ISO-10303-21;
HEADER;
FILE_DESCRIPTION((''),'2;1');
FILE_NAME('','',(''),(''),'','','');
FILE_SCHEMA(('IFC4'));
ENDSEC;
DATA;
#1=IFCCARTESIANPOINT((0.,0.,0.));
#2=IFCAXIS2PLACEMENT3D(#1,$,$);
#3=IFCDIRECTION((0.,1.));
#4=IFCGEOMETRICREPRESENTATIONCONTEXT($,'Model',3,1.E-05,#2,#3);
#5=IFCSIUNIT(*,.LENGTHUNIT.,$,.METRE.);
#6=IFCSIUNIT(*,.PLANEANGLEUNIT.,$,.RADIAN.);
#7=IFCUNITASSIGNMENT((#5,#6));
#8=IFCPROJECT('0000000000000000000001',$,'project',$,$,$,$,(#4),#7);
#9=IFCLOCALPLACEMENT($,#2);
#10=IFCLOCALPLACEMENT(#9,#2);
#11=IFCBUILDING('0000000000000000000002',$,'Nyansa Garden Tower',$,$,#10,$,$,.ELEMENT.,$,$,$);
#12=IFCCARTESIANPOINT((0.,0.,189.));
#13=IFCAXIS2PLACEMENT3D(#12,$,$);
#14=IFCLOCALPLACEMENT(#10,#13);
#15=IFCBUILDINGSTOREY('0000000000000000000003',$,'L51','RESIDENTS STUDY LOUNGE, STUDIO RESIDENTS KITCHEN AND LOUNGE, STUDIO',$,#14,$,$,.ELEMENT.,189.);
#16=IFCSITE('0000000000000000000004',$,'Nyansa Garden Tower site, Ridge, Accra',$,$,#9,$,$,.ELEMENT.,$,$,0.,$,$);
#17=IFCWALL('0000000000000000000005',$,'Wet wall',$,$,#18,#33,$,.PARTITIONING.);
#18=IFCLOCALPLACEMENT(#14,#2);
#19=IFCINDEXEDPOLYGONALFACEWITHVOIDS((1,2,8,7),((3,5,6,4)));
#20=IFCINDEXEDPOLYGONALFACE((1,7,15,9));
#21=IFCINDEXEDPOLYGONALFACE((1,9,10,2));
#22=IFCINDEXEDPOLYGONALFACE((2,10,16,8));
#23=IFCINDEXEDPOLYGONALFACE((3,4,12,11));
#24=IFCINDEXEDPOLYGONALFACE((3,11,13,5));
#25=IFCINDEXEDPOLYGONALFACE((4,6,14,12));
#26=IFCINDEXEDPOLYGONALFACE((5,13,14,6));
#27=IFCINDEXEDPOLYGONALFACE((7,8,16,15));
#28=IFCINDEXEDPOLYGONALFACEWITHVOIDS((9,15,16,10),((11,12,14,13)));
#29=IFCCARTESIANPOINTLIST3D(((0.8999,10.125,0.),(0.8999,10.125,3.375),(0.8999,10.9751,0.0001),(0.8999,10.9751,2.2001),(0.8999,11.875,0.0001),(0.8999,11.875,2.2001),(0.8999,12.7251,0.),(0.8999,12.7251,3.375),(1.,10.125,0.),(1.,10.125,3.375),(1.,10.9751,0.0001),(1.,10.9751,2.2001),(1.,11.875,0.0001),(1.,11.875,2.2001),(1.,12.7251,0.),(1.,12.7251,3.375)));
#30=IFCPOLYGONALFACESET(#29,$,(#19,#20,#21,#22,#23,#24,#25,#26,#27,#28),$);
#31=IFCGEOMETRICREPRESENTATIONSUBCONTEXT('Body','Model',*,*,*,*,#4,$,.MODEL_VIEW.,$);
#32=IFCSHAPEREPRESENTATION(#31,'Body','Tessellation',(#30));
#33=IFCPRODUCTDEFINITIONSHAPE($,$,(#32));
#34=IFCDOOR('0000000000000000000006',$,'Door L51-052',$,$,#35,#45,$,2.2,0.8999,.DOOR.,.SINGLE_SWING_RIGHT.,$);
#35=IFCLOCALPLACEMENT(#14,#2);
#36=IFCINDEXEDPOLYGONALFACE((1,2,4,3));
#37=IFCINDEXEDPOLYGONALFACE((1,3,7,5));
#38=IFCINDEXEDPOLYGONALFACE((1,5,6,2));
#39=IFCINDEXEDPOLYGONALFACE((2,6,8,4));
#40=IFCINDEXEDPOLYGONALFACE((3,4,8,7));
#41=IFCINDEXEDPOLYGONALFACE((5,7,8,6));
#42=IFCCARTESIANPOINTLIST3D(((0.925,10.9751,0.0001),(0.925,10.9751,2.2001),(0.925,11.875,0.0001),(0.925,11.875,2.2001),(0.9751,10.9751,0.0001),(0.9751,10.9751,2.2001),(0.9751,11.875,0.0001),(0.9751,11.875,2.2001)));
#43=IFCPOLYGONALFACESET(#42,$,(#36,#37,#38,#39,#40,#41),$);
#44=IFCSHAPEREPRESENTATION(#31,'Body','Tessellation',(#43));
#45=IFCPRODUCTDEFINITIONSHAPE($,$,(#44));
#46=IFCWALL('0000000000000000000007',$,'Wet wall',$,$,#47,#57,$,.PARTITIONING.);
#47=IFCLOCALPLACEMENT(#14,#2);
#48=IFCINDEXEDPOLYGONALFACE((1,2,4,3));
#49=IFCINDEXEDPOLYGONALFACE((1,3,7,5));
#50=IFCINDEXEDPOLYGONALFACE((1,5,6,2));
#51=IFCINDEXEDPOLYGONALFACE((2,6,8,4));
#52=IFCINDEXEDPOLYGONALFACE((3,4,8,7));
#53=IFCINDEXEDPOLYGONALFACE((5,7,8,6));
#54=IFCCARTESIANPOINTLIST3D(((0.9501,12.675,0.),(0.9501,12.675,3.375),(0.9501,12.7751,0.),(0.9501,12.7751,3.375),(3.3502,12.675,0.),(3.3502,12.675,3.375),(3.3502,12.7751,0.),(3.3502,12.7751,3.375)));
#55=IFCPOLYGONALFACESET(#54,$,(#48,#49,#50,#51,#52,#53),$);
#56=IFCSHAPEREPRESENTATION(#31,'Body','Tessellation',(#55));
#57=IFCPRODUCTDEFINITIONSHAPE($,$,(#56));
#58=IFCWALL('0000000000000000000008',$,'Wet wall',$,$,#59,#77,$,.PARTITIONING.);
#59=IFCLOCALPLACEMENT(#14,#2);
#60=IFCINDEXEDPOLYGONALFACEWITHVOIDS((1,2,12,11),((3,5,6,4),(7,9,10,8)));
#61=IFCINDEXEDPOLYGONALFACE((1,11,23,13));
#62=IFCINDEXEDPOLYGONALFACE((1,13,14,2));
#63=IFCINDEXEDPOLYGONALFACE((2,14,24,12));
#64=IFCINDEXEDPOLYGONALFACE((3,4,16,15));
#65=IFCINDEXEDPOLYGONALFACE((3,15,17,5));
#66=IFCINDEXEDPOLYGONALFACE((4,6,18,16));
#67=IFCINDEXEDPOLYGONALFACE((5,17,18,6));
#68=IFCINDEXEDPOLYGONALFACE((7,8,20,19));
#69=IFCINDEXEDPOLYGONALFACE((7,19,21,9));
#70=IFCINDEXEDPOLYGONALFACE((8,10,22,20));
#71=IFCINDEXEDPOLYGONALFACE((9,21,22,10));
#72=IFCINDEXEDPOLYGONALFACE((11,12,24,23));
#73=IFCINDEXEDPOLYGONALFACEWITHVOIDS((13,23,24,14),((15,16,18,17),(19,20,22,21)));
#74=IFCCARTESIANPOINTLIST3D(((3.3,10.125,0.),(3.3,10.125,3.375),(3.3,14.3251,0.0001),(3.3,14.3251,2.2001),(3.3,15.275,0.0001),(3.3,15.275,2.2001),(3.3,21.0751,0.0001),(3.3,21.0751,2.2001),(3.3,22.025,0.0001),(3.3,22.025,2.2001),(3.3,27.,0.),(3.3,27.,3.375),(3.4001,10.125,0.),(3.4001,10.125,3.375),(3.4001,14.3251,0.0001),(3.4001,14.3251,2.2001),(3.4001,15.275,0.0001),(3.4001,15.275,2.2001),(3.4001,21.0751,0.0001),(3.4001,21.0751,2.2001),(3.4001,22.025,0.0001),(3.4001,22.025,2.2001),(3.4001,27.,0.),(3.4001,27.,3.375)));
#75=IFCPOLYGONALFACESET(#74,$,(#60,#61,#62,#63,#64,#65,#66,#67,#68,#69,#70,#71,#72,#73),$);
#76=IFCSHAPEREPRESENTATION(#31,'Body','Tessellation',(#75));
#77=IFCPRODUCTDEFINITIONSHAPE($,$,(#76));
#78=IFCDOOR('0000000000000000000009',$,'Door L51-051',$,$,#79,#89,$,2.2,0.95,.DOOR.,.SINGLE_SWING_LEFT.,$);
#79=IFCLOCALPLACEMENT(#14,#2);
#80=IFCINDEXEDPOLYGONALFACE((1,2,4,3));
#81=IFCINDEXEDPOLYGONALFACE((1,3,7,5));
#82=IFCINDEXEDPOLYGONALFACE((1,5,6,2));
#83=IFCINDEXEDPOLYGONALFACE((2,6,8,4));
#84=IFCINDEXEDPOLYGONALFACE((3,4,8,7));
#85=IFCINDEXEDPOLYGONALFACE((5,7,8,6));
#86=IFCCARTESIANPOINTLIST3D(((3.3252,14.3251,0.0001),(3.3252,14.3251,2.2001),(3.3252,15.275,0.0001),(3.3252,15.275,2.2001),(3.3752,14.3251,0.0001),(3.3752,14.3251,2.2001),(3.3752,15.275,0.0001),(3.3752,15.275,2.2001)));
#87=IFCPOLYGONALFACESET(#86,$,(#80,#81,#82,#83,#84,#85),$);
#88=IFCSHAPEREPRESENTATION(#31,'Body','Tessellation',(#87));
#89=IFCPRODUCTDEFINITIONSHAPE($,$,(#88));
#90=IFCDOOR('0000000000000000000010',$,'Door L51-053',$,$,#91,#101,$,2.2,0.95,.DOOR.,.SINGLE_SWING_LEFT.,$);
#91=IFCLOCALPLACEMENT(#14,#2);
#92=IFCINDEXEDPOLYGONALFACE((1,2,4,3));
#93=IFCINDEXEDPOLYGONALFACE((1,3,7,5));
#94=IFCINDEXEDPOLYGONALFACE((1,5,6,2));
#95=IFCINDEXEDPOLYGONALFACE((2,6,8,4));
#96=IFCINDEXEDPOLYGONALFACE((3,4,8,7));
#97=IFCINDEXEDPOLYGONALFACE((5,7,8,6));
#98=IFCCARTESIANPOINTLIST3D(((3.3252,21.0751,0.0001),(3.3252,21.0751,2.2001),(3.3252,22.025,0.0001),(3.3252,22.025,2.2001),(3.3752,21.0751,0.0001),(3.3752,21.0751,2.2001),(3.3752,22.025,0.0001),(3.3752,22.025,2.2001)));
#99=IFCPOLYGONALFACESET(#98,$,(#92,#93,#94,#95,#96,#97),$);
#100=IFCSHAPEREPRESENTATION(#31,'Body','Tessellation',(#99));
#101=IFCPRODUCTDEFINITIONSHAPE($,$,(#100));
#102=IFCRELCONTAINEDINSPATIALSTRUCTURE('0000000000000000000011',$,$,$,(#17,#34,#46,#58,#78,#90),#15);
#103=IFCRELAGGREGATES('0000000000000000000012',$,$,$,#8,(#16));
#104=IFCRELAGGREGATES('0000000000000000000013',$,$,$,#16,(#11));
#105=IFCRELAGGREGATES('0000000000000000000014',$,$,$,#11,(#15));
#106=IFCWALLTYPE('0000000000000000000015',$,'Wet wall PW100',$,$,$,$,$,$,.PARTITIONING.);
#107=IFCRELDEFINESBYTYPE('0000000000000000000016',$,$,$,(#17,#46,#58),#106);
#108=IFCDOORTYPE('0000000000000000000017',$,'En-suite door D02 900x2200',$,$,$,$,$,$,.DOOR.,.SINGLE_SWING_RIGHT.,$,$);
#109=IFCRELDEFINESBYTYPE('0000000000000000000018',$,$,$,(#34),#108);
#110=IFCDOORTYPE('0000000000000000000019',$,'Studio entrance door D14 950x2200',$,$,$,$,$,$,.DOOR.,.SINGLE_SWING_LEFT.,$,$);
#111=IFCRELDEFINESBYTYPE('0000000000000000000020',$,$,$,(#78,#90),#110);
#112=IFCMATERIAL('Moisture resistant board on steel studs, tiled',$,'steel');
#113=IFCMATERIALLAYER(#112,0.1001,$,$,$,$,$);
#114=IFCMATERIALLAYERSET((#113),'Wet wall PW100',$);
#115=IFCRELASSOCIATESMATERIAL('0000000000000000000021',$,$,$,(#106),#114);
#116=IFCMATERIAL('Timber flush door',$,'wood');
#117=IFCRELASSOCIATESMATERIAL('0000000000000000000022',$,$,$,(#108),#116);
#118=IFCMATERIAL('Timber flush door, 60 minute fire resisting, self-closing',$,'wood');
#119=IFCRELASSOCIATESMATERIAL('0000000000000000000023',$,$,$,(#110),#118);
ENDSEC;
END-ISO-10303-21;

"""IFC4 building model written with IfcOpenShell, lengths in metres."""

from ifc_helpers import new_model, si_unit, direction, frame, frame_2d, origin, place, context, subcontext, project, spatial, rectangle, extrude, material, layer, layer_set, type_object, element, fill, save


model = new_model("IFC4")

# Units and contexts
model_context = context("Model", 3, precision=1e-05, world=origin(), true_north=direction((0.0, 1.0)))
body_context = subcontext(model_context, "Body", "Model", "MODEL_VIEW")
ifc_project = project(units=[si_unit("LENGTHUNIT", "METRE"), si_unit("PLANEANGLEUNIT", "RADIAN")], contexts=[model_context])

# Site, building, storey
site_placement = place(None, origin())
site = spatial("IfcSite", under=ifc_project, at=site_placement, Name="Nyansa Garden Tower site, Ridge, Accra", CompositionType="ELEMENT", RefElevation=0.0)
building_placement = place(site_placement, origin())
building = spatial("IfcBuilding", under=site, at=building_placement, Name="Nyansa Garden Tower", CompositionType="ELEMENT")
storey_placement = place(building_placement, frame((0.0, 0.0, 189.0)))
storey = spatial("IfcBuildingStorey", under=building, at=storey_placement, Name="L51", Description="RESIDENTS STUDY LOUNGE, STUDIO RESIDENTS KITCHEN AND LOUNGE, STUDIO", CompositionType="ELEMENT", Elevation=189.0)

# Wall, opening, door
ifc_material_1 = material(Name="Moisture resistant board on steel studs, tiled", Category="steel")
ifc_layer_1 = layer(ifc_material_1, 0.1001)
ifc_layer_set_1 = layer_set([ifc_layer_1], Name="Wet wall PW100")
wall_type_1 = type_object("IfcWallType", Name="Wet wall PW100", PredefinedType="PARTITIONING", material=ifc_layer_set_1)
wall_1_placement = place(storey_placement, frame((0.95, 10.125, 0.0), z_axis=(0.0, 0.0, 1.0), x_axis=(0.0, 1.0, 0.0)))
wall_1 = element("IfcWall", 1, at=wall_1_placement, inside=storey, type_object=wall_type_1, Name="Wet wall", PredefinedType="PARTITIONING", context=body_context, shape_type="SweptSolid", body=[
    extrude(rectangle(XDim=2.6001, YDim=0.1001, at=frame_2d((1.3, 0.0))), origin(), (0.0, 0.0, 1.0), 3.375),
])
opening_1_placement = place(wall_1_placement, frame((0.8501, 0.0, 0.0)))
opening_1 = element("IfcOpeningElement", 2, at=opening_1_placement, cuts=wall_1, PredefinedType="OPENING", context=body_context, shape_type="SweptSolid", body=[
    extrude(rectangle(XDim=0.8999, YDim=2.2, at=frame_2d((0.45, 1.1001))), frame((0.0, 0.0601, 0.0), z_axis=(0.0, -1.0, 0.0), x_axis=(1.0, 0.0, 0.0)), (0.0, 0.0, 1.0), 0.1201),
])
ifc_material_2 = material(Name="Timber flush door", Category="wood")
door_type_1 = type_object("IfcDoorType", Name="En-suite door D02 900x2200", OperationType="SINGLE_SWING_RIGHT", PredefinedType="DOOR", material=ifc_material_2)
door_1_placement = place(opening_1_placement, origin())
door_1 = element("IfcDoor", 3, at=door_1_placement, inside=storey, type_object=door_type_1, Name="Door L51-052", OperationType="SINGLE_SWING_RIGHT", OverallHeight=2.2, OverallWidth=0.8999, PredefinedType="DOOR", context=body_context, shape_type="SweptSolid", body=[
    extrude(rectangle(XDim=0.8999, YDim=2.2, at=frame_2d((0.45, 1.1001))), frame((0.0, 0.0249, 0.0), z_axis=(0.0, -1.0, 0.0), x_axis=(1.0, 0.0, 0.0)), (0.0, 0.0, 1.0), 0.05),
])
fill(opening_1, door_1)

# Wall
wall_2_placement = place(storey_placement, frame((0.95, 12.7251, 0.0), z_axis=(0.0, 0.0, 1.0), x_axis=(1.0, 0.0, 0.0)))
element("IfcWall", 4, at=wall_2_placement, inside=storey, type_object=wall_type_1, Name="Wet wall", PredefinedType="PARTITIONING", context=body_context, shape_type="SweptSolid", body=[
    extrude(rectangle(XDim=2.4001, YDim=0.1001, at=frame_2d((1.2002, 0.0))), origin(), (0.0, 0.0, 1.0), 3.375),
])

# Wall, openings, doors
wall_3_placement = place(storey_placement, frame((3.3501, 10.125, 0.0), z_axis=(0.0, 0.0, 1.0), x_axis=(0.0, 1.0, 0.0)))
wall_3 = element("IfcWall", 5, at=wall_3_placement, inside=storey, type_object=wall_type_1, Name="Wet wall", PredefinedType="PARTITIONING", context=body_context, shape_type="SweptSolid", body=[
    extrude(rectangle(XDim=16.875, YDim=0.1001, at=frame_2d((8.4375, 0.0))), origin(), (0.0, 0.0, 1.0), 3.375),
])
opening_2_placement = place(wall_3_placement, frame((4.2, 0.0, 0.0)))
opening_2 = element("IfcOpeningElement", 6, at=opening_2_placement, cuts=wall_3, PredefinedType="OPENING", context=body_context, shape_type="SweptSolid", body=[
    extrude(rectangle(XDim=0.95, YDim=2.2, at=frame_2d((0.4751, 1.1001))), frame((0.0, 0.0601, 0.0), z_axis=(0.0, -1.0, 0.0), x_axis=(1.0, 0.0, 0.0)), (0.0, 0.0, 1.0), 0.1201),
])
opening_3_placement = place(wall_3_placement, frame((10.95, 0.0, 0.0)))
opening_3 = element("IfcOpeningElement", 7, at=opening_3_placement, cuts=wall_3, PredefinedType="OPENING", context=body_context, shape_type="SweptSolid", body=[
    extrude(rectangle(XDim=0.95, YDim=2.2, at=frame_2d((0.4751, 1.1001))), frame((0.0, 0.0601, 0.0), z_axis=(0.0, -1.0, 0.0), x_axis=(1.0, 0.0, 0.0)), (0.0, 0.0, 1.0), 0.1201),
])
ifc_material_3 = material(Name="Timber flush door, 60 minute fire resisting, self-closing", Category="wood")
door_type_2 = type_object("IfcDoorType", Name="Studio entrance door D14 950x2200", OperationType="SINGLE_SWING_LEFT", PredefinedType="DOOR", material=ifc_material_3)
door_2_placement = place(opening_2_placement, origin())
door_2 = element("IfcDoor", 8, at=door_2_placement, inside=storey, type_object=door_type_2, Name="Door L51-051", OperationType="SINGLE_SWING_LEFT", OverallHeight=2.2, OverallWidth=0.95, PredefinedType="DOOR", context=body_context, shape_type="SweptSolid", body=[
    extrude(rectangle(XDim=0.95, YDim=2.2, at=frame_2d((0.4751, 1.1001))), frame((0.0, 0.0249, 0.0), z_axis=(0.0, -1.0, 0.0), x_axis=(1.0, 0.0, 0.0)), (0.0, 0.0, 1.0), 0.05),
])
fill(opening_2, door_2)
door_3_placement = place(opening_3_placement, origin())
door_3 = element("IfcDoor", 9, at=door_3_placement, inside=storey, type_object=door_type_2, Name="Door L51-053", OperationType="SINGLE_SWING_LEFT", OverallHeight=2.2, OverallWidth=0.95, PredefinedType="DOOR", context=body_context, shape_type="SweptSolid", body=[
    extrude(rectangle(XDim=0.95, YDim=2.2, at=frame_2d((0.4751, 1.1001))), frame((0.0, 0.0249, 0.0), z_axis=(0.0, -1.0, 0.0), x_axis=(1.0, 0.0, 0.0)), (0.0, 0.0, 1.0), 0.05),
])
fill(opening_3, door_3)

save(model, "model.ifc")
